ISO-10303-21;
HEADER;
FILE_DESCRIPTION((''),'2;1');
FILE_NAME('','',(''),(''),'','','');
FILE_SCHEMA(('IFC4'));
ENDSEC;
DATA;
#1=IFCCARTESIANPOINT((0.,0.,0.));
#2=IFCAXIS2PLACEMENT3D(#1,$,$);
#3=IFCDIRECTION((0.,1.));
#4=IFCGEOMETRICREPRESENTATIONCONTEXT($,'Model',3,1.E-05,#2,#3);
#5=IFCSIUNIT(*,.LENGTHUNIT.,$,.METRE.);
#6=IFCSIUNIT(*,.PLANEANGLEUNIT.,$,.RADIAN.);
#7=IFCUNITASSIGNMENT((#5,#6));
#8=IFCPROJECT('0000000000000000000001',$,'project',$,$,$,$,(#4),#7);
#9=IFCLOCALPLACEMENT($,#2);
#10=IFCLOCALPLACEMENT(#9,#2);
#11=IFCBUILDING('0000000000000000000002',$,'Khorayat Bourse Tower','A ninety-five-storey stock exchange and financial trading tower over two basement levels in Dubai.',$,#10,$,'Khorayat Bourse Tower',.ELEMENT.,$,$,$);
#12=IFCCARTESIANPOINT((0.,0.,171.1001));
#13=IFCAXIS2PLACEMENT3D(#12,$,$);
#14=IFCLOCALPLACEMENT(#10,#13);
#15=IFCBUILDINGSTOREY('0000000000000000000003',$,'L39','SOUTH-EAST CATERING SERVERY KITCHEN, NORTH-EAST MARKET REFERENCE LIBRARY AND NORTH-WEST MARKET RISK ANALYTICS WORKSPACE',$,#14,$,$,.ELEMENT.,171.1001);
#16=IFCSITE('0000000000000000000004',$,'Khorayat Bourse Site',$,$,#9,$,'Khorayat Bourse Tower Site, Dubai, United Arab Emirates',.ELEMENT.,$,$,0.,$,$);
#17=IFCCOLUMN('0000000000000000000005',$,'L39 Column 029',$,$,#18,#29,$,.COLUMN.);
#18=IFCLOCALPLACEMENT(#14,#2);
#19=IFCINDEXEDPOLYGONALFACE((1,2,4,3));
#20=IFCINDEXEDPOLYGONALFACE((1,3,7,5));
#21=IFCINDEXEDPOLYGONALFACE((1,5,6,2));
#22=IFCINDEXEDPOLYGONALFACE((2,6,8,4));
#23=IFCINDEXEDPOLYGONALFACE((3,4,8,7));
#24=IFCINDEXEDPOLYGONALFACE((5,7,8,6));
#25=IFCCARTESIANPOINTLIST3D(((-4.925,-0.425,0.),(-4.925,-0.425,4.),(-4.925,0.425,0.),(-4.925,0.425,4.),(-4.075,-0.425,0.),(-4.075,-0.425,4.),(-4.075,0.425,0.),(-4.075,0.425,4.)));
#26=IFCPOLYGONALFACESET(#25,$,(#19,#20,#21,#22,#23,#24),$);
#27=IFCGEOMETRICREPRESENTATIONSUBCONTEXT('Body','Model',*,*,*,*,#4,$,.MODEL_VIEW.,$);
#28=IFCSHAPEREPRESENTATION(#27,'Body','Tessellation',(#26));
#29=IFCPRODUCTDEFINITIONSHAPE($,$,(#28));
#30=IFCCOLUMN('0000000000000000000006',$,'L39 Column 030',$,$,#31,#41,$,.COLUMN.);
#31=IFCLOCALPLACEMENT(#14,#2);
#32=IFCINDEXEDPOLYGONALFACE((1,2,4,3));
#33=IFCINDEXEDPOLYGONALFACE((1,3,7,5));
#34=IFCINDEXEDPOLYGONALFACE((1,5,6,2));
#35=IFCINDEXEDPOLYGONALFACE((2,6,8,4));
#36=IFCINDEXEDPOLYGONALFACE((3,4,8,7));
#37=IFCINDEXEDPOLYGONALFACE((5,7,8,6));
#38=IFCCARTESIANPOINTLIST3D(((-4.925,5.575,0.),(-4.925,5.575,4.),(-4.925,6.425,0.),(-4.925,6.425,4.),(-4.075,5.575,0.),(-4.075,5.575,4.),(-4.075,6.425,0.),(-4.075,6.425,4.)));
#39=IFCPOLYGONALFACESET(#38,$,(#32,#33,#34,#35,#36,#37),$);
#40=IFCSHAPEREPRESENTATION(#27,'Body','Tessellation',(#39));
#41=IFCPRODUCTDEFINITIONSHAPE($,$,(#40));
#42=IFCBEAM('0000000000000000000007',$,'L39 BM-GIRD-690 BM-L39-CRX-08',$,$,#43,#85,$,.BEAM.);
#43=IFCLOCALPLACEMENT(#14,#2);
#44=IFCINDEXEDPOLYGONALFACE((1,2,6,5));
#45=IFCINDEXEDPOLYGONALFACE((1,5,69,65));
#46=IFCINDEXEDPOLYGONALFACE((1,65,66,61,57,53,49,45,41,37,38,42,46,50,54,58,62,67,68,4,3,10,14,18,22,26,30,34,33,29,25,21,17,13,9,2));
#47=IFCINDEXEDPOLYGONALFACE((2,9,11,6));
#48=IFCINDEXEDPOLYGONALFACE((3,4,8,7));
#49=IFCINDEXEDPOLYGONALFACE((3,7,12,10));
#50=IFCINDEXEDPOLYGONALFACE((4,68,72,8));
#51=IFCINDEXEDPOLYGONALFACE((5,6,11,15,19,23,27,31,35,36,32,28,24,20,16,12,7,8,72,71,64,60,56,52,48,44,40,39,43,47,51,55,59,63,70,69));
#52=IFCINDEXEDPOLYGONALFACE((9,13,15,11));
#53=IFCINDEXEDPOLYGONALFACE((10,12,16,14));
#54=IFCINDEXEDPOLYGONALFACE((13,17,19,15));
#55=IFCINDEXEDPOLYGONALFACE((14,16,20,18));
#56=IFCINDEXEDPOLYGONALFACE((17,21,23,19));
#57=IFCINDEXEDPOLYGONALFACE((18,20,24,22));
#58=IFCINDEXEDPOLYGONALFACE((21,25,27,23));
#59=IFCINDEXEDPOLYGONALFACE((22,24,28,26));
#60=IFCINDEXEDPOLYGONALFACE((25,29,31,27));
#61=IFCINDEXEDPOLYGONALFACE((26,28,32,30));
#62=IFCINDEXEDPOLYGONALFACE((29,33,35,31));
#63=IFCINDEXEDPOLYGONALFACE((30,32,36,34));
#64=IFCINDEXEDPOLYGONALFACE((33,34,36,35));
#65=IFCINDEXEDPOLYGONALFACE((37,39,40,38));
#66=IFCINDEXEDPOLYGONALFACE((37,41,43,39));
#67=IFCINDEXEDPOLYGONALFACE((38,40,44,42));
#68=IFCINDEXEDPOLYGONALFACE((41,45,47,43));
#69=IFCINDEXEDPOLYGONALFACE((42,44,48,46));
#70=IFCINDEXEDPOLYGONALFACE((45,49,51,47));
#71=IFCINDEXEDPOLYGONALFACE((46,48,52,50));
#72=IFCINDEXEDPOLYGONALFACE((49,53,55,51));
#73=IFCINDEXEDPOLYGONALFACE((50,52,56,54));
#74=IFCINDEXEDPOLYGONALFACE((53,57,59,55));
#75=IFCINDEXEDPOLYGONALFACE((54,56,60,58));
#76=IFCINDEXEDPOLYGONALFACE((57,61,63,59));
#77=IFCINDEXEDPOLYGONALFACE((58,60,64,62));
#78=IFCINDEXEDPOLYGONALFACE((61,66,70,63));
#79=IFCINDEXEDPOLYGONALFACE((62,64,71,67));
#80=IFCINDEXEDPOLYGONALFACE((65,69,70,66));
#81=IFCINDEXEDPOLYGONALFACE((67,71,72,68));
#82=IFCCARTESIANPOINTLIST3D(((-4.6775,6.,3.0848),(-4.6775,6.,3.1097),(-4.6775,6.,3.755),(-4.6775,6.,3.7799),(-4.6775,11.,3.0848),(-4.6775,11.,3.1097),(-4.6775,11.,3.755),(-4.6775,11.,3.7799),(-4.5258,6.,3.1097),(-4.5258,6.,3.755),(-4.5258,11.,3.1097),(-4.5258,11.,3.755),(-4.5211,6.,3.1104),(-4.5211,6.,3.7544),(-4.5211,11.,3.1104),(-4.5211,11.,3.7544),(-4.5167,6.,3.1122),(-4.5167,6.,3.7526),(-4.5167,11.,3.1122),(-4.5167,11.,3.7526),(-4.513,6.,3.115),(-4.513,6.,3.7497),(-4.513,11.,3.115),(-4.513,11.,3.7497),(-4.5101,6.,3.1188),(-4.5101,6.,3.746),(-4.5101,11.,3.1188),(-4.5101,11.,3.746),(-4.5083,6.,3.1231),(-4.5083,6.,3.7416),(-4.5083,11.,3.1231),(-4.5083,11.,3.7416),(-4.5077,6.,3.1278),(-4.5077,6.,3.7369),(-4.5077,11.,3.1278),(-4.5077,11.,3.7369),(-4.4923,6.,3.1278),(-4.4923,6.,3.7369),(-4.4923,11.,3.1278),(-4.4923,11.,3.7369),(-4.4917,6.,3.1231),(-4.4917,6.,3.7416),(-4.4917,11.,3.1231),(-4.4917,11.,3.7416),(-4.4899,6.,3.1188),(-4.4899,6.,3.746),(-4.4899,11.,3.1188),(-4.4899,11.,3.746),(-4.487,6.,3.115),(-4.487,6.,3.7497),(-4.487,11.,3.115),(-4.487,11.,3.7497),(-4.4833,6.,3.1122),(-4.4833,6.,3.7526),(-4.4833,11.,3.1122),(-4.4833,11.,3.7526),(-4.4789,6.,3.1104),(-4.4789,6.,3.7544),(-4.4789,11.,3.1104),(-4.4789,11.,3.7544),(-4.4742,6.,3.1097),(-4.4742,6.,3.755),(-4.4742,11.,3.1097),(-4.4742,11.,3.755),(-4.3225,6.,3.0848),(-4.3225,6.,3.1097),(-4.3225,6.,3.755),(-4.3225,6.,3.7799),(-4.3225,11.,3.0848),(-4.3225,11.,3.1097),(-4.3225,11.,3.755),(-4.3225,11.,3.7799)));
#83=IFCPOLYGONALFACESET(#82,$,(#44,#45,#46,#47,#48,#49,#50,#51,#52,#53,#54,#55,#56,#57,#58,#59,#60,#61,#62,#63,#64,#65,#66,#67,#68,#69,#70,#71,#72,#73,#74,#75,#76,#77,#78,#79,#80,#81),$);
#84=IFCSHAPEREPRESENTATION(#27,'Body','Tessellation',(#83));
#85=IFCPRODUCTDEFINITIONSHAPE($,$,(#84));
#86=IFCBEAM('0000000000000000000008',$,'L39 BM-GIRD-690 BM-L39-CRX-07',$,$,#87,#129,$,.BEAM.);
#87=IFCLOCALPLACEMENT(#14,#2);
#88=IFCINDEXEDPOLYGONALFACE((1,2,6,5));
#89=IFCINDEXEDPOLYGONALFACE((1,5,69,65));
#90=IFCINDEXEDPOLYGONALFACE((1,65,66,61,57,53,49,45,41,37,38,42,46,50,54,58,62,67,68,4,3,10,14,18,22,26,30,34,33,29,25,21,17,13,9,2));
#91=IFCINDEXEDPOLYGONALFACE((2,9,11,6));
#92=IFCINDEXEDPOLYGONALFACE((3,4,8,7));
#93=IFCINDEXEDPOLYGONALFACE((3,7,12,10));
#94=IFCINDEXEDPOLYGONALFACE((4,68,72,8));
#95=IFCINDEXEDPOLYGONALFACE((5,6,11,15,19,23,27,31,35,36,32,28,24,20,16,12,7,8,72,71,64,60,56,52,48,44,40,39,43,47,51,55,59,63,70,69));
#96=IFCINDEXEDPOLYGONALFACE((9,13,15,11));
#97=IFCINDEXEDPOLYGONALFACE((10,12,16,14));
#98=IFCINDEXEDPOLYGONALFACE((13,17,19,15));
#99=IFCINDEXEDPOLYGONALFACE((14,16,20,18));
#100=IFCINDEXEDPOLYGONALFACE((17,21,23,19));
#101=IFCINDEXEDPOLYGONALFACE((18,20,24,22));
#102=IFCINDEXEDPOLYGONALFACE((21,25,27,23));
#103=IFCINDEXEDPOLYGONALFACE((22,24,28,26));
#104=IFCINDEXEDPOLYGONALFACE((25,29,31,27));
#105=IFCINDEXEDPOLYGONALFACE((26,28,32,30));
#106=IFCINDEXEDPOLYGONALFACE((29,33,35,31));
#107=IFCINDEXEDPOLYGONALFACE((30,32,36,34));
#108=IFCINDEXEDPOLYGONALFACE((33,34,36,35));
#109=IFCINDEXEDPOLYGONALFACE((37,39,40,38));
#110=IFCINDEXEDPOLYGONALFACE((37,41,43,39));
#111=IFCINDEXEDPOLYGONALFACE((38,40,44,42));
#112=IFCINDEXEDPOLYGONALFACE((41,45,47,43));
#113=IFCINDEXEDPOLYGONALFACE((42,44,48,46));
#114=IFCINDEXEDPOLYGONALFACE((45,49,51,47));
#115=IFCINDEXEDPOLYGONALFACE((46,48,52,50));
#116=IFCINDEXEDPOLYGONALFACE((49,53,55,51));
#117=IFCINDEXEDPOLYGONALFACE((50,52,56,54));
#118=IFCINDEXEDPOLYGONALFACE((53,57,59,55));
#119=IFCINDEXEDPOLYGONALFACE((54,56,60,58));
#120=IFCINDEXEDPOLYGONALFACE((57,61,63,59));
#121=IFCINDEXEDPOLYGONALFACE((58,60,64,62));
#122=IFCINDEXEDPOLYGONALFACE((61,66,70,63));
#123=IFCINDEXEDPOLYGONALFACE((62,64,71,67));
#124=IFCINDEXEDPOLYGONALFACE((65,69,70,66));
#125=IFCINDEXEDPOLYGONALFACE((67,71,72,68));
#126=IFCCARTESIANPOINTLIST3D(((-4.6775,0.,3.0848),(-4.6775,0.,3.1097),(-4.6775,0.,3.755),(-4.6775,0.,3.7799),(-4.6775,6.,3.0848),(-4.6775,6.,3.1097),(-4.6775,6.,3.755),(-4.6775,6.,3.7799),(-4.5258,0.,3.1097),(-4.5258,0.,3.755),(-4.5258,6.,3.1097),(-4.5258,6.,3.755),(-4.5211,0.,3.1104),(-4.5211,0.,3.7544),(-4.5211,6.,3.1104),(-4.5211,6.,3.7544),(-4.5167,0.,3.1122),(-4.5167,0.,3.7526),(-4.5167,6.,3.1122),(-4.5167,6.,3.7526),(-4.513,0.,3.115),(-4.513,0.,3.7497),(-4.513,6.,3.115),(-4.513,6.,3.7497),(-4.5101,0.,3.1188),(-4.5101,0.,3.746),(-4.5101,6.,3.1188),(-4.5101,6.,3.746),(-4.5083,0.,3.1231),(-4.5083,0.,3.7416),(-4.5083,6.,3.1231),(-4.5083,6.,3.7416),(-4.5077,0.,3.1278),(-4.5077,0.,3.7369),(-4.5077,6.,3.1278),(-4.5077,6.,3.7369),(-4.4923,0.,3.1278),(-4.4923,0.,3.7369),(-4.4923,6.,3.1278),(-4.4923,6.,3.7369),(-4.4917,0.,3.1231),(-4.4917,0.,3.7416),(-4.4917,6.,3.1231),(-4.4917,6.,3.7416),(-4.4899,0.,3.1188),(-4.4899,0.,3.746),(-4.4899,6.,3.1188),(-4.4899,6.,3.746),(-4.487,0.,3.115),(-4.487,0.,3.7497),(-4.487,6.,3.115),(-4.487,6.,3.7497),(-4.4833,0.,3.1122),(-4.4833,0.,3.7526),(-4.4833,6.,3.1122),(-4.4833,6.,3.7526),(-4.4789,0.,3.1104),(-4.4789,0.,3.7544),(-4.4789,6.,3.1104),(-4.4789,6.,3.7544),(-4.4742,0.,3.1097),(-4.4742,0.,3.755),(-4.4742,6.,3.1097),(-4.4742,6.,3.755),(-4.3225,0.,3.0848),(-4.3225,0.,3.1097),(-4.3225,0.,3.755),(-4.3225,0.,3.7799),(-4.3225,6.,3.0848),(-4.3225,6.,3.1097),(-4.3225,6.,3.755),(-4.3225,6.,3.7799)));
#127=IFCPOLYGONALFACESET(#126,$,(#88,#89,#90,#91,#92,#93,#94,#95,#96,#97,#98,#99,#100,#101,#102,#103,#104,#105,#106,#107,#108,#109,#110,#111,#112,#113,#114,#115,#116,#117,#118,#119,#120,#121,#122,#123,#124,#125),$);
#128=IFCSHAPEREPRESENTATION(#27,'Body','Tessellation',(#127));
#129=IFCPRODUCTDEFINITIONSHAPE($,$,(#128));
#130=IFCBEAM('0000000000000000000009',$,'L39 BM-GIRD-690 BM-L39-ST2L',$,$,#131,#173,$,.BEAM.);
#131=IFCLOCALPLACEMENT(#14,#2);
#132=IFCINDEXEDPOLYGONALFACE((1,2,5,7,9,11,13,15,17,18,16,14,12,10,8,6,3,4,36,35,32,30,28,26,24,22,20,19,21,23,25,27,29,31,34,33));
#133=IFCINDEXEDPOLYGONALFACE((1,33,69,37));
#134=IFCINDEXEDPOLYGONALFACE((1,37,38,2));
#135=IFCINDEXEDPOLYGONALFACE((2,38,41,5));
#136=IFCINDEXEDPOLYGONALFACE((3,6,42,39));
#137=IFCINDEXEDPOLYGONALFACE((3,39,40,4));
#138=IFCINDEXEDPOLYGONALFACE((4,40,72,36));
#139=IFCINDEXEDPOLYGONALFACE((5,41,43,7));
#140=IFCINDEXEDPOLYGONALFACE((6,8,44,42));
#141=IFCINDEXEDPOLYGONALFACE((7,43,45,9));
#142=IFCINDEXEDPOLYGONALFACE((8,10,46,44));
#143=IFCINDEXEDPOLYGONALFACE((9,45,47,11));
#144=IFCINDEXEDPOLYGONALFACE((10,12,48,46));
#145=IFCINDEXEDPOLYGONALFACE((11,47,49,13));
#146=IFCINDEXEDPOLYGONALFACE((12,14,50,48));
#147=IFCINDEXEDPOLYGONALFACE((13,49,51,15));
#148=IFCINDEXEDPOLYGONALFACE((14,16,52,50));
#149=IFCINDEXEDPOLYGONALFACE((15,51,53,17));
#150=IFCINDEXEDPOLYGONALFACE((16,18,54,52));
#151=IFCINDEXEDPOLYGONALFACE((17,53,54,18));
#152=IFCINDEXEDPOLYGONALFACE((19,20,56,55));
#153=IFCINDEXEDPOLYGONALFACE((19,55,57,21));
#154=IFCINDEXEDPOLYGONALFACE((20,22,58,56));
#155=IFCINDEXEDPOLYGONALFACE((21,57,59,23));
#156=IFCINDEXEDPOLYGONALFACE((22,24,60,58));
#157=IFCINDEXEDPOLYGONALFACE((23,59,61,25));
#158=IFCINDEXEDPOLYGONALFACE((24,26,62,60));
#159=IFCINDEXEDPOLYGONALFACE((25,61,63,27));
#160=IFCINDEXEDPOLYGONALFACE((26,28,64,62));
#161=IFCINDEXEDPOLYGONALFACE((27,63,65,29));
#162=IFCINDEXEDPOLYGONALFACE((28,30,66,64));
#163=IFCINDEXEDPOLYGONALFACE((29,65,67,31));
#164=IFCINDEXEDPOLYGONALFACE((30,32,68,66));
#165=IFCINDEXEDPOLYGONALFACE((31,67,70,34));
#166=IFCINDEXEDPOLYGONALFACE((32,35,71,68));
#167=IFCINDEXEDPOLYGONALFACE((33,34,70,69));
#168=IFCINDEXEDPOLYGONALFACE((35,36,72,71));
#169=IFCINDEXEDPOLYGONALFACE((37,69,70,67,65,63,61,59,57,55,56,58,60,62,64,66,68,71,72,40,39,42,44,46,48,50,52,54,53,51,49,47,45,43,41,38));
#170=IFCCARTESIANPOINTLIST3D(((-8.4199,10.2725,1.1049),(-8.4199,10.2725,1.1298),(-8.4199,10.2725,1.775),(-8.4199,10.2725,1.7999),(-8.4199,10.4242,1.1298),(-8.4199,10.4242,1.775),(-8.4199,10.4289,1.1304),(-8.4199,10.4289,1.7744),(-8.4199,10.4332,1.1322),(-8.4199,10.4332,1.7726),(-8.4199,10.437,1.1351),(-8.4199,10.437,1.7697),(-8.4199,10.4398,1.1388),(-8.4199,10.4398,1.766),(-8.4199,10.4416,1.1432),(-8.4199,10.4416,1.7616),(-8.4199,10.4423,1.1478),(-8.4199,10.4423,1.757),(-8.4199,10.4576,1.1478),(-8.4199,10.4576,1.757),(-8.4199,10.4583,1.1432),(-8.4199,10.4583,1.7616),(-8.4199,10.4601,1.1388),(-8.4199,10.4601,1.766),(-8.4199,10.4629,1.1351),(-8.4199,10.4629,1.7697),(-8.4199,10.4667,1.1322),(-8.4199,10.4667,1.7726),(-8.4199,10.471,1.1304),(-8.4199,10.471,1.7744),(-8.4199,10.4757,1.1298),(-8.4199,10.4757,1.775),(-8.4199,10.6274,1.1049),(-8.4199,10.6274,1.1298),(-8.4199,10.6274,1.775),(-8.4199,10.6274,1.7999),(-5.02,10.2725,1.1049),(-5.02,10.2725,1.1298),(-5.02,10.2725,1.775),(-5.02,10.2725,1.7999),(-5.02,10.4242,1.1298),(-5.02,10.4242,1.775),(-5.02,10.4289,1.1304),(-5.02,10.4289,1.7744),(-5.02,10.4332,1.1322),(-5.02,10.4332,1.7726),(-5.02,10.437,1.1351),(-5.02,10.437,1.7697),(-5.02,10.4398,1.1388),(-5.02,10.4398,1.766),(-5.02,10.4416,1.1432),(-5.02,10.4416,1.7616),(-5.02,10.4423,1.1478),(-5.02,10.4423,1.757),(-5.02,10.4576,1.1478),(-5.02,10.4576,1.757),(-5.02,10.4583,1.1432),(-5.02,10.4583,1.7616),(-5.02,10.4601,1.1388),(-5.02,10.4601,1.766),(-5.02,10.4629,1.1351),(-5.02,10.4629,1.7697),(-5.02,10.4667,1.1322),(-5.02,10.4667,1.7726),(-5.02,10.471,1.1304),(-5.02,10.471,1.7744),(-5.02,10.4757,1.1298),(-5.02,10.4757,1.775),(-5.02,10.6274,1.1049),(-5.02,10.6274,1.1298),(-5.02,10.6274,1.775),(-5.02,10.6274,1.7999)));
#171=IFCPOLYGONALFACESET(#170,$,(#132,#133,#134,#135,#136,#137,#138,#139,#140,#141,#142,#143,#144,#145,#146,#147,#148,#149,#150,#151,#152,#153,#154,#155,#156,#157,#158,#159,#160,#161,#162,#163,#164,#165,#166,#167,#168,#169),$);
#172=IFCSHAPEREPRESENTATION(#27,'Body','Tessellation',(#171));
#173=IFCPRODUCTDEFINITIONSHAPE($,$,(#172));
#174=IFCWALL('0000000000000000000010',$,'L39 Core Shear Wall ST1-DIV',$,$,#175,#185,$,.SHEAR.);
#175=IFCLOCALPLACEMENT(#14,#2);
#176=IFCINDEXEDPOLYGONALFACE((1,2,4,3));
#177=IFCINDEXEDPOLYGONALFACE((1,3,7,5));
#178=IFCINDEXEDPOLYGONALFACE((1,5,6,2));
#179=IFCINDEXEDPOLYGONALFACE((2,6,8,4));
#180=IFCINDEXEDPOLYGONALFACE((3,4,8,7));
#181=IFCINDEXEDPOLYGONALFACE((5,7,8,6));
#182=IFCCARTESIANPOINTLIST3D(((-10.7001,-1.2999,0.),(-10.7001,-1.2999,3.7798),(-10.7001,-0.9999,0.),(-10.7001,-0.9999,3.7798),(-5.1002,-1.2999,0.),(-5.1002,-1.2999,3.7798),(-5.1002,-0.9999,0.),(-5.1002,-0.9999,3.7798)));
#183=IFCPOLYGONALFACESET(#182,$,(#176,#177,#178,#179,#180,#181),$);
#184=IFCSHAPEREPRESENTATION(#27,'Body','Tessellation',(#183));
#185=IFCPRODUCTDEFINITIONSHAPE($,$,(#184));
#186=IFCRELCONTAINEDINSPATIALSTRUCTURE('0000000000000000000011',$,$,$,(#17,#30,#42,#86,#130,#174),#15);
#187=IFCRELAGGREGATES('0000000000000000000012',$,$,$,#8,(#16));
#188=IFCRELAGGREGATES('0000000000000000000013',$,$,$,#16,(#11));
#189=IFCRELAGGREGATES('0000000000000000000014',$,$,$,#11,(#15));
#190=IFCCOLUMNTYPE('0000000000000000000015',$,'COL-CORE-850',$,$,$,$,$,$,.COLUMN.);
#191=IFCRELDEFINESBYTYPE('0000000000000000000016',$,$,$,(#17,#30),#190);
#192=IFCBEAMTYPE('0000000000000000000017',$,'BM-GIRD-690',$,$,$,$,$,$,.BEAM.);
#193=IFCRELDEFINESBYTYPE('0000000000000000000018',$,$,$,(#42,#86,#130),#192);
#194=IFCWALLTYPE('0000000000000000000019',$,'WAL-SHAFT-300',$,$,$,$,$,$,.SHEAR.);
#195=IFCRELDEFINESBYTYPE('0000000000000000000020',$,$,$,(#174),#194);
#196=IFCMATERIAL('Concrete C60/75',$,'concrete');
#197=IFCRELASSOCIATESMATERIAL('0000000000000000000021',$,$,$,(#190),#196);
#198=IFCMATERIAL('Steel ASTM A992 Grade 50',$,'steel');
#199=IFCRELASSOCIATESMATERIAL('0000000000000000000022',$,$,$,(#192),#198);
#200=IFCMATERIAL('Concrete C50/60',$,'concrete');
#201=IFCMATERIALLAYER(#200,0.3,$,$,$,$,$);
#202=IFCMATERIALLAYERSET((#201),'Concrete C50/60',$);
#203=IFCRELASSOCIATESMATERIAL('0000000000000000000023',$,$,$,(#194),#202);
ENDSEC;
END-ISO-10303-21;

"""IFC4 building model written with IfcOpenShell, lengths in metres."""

from ifc_helpers import new_model, si_unit, direction, frame, frame_2d, origin, origin_2d, place, context, subcontext, project, spatial, rectangle, i_section, extrude, source, transform, mapped, material, layer, layer_set, material_profile, profile_set, type_object, element, save


model = new_model("IFC4")

# Units and contexts
model_context = context("Model", 3, precision=1e-05, world=origin(), true_north=direction((0.0, 1.0)))
body_context = subcontext(model_context, "Body", "Model", "MODEL_VIEW")
ifc_project = project(units=[si_unit("LENGTHUNIT", "METRE"), si_unit("PLANEANGLEUNIT", "RADIAN")], contexts=[model_context])

# Site, building, storey
site_placement = place(None, origin())
site = spatial("IfcSite", under=ifc_project, at=site_placement, Name="Khorayat Bourse Site", LongName="Khorayat Bourse Tower Site, Dubai, United Arab Emirates", CompositionType="ELEMENT", RefElevation=0.0)
building_placement = place(site_placement, origin())
building = spatial("IfcBuilding", under=site, at=building_placement, Name="Khorayat Bourse Tower", Description="A ninety-five-storey stock exchange and financial trading tower over two basement levels in Dubai.", LongName="Khorayat Bourse Tower", CompositionType="ELEMENT")
storey_placement = place(building_placement, frame((0.0, 0.0, 171.1001)))
storey = spatial("IfcBuildingStorey", under=building, at=storey_placement, Name="L39", Description="SOUTH-EAST CATERING SERVERY KITCHEN, NORTH-EAST MARKET REFERENCE LIBRARY AND NORTH-WEST MARKET RISK ANALYTICS WORKSPACE", CompositionType="ELEMENT", Elevation=171.1001)

# Columns
ifc_material_1 = material(Name="Concrete C60/75", Category="concrete")
ifc_material_profile_1 = material_profile(ifc_material_1, rectangle(XDim=0.8501, YDim=0.8501, at=origin_2d()), Name="RC 850x850")
ifc_profile_set_1 = profile_set([ifc_material_profile_1], Name="Concrete C60/75")
column_type = type_object("IfcColumnType", Name="COL-CORE-850", PredefinedType="COLUMN", material=ifc_profile_set_1)
shared_shape_1 = source(origin(), body_context, "Body", "SweptSolid", [
    extrude(rectangle(XDim=0.8501, YDim=0.8501, at=origin_2d()), origin(), (0.0, 0.0, 1.0), 4.0),
])
for number, where, z_axis, x_axis, name in (
    (1, (-4.5, 0.0, 0.0), (0.0, 0.0, 1.0), (1.0, 0.0, 0.0), "L39 Column 029"),
    (2, (-4.5, 6.0, 0.0), (0.0, 0.0, 1.0), (1.0, 0.0, 0.0), "L39 Column 030"),
):
    element("IfcColumn", number, at=place(storey_placement, frame(where, z_axis=z_axis, x_axis=x_axis)), inside=storey, type_object=column_type, Name=name, PredefinedType="COLUMN", context=body_context, shape_type="MappedRepresentation", body=[
        mapped(shared_shape_1, transform((0.0, 0.0, 0.0), scale=1.0)),
    ])

# Beams
ifc_material_2 = material(Name="Steel ASTM A992 Grade 50", Category="steel")
ifc_material_profile_2 = material_profile(ifc_material_2, i_section(OverallWidth=0.355, OverallDepth=0.6951, WebThickness=0.0154, FlangeThickness=0.0249, FilletRadius=0.0181, at=origin_2d()), Name="W690X217")
ifc_profile_set_2 = profile_set([ifc_material_profile_2], Name="Steel ASTM A992 Grade 50")
beam_type = type_object("IfcBeamType", Name="BM-GIRD-690", PredefinedType="BEAM", material=ifc_profile_set_2)
shared_shape_2 = source(origin(), body_context, "Body", "SweptSolid", [
    extrude(i_section(OverallWidth=0.355, OverallDepth=0.6951, WebThickness=0.0154, FlangeThickness=0.0249, FilletRadius=0.0181, at=origin_2d()), origin(), (0.0, 0.0, 1.0), 5.0),
])
beam_1_placement = place(storey_placement, frame((-4.5, 6.0, 3.4324), z_axis=(0.0, 1.0, 0.0), x_axis=(-1.0, 0.0, 0.0)))
element("IfcBeam", 3, at=beam_1_placement, inside=storey, type_object=beam_type, Name="L39 BM-GIRD-690 BM-L39-CRX-08", PredefinedType="BEAM", context=body_context, shape_type="MappedRepresentation", body=[
    mapped(shared_shape_2, transform((0.0, 0.0, 0.0), scale=1.0)),
])
shared_shape_3 = source(origin(), body_context, "Body", "SweptSolid", [
    extrude(i_section(OverallWidth=0.355, OverallDepth=0.6951, WebThickness=0.0154, FlangeThickness=0.0249, FilletRadius=0.0181, at=origin_2d()), origin(), (0.0, 0.0, 1.0), 6.0),
])
beam_2_placement = place(storey_placement, frame((-4.5, 0.0, 3.4324), z_axis=(0.0, 1.0, 0.0), x_axis=(-1.0, 0.0, 0.0)))
element("IfcBeam", 4, at=beam_2_placement, inside=storey, type_object=beam_type, Name="L39 BM-GIRD-690 BM-L39-CRX-07", PredefinedType="BEAM", context=body_context, shape_type="MappedRepresentation", body=[
    mapped(shared_shape_3, transform((0.0, 0.0, 0.0), scale=1.0)),
])
shared_shape_4 = source(origin(), body_context, "Body", "SweptSolid", [
    extrude(i_section(OverallWidth=0.355, OverallDepth=0.6951, WebThickness=0.0154, FlangeThickness=0.0249, FilletRadius=0.0181, at=origin_2d()), origin(), (0.0, 0.0, 1.0), 3.3999),
])
beam_3_placement = place(storey_placement, frame((-8.4199, 10.45, 1.4524), z_axis=(1.0, 0.0, 0.0), x_axis=(0.0, 1.0, 0.0)))
element("IfcBeam", 5, at=beam_3_placement, inside=storey, type_object=beam_type, Name="L39 BM-GIRD-690 BM-L39-ST2L", PredefinedType="BEAM", context=body_context, shape_type="MappedRepresentation", body=[
    mapped(shared_shape_4, transform((0.0, 0.0, 0.0), scale=1.0)),
])

# Wall
ifc_material_3 = material(Name="Concrete C50/60", Category="concrete")
ifc_layer_1 = layer(ifc_material_3, 0.3)
ifc_layer_set_1 = layer_set([ifc_layer_1], Name="Concrete C50/60")
wall_type_1 = type_object("IfcWallType", Name="WAL-SHAFT-300", PredefinedType="SHEAR", material=ifc_layer_set_1)
shared_shape_5 = source(origin(), body_context, "Body", "SweptSolid", [
    extrude(rectangle(XDim=5.5999, YDim=0.3, at=frame_2d((2.7998, 0.0))), origin(), (0.0, 0.0, 1.0), 3.7798),
])
for number, where, z_axis, x_axis, name in (
    (6, (-10.7, -1.1499, 0.0), (0.0, 0.0, 1.0), (1.0, 0.0, 0.0), "L39 Core Shear Wall ST1-DIV"),
):
    element("IfcWall", number, at=place(storey_placement, frame(where, z_axis=z_axis, x_axis=x_axis)), inside=storey, type_object=wall_type_1, Name=name, PredefinedType="SHEAR", context=body_context, shape_type="MappedRepresentation", body=[
        mapped(shared_shape_5, transform((0.0, 0.0, 0.0), scale=1.0)),
    ])

save(model, "model.ifc")
